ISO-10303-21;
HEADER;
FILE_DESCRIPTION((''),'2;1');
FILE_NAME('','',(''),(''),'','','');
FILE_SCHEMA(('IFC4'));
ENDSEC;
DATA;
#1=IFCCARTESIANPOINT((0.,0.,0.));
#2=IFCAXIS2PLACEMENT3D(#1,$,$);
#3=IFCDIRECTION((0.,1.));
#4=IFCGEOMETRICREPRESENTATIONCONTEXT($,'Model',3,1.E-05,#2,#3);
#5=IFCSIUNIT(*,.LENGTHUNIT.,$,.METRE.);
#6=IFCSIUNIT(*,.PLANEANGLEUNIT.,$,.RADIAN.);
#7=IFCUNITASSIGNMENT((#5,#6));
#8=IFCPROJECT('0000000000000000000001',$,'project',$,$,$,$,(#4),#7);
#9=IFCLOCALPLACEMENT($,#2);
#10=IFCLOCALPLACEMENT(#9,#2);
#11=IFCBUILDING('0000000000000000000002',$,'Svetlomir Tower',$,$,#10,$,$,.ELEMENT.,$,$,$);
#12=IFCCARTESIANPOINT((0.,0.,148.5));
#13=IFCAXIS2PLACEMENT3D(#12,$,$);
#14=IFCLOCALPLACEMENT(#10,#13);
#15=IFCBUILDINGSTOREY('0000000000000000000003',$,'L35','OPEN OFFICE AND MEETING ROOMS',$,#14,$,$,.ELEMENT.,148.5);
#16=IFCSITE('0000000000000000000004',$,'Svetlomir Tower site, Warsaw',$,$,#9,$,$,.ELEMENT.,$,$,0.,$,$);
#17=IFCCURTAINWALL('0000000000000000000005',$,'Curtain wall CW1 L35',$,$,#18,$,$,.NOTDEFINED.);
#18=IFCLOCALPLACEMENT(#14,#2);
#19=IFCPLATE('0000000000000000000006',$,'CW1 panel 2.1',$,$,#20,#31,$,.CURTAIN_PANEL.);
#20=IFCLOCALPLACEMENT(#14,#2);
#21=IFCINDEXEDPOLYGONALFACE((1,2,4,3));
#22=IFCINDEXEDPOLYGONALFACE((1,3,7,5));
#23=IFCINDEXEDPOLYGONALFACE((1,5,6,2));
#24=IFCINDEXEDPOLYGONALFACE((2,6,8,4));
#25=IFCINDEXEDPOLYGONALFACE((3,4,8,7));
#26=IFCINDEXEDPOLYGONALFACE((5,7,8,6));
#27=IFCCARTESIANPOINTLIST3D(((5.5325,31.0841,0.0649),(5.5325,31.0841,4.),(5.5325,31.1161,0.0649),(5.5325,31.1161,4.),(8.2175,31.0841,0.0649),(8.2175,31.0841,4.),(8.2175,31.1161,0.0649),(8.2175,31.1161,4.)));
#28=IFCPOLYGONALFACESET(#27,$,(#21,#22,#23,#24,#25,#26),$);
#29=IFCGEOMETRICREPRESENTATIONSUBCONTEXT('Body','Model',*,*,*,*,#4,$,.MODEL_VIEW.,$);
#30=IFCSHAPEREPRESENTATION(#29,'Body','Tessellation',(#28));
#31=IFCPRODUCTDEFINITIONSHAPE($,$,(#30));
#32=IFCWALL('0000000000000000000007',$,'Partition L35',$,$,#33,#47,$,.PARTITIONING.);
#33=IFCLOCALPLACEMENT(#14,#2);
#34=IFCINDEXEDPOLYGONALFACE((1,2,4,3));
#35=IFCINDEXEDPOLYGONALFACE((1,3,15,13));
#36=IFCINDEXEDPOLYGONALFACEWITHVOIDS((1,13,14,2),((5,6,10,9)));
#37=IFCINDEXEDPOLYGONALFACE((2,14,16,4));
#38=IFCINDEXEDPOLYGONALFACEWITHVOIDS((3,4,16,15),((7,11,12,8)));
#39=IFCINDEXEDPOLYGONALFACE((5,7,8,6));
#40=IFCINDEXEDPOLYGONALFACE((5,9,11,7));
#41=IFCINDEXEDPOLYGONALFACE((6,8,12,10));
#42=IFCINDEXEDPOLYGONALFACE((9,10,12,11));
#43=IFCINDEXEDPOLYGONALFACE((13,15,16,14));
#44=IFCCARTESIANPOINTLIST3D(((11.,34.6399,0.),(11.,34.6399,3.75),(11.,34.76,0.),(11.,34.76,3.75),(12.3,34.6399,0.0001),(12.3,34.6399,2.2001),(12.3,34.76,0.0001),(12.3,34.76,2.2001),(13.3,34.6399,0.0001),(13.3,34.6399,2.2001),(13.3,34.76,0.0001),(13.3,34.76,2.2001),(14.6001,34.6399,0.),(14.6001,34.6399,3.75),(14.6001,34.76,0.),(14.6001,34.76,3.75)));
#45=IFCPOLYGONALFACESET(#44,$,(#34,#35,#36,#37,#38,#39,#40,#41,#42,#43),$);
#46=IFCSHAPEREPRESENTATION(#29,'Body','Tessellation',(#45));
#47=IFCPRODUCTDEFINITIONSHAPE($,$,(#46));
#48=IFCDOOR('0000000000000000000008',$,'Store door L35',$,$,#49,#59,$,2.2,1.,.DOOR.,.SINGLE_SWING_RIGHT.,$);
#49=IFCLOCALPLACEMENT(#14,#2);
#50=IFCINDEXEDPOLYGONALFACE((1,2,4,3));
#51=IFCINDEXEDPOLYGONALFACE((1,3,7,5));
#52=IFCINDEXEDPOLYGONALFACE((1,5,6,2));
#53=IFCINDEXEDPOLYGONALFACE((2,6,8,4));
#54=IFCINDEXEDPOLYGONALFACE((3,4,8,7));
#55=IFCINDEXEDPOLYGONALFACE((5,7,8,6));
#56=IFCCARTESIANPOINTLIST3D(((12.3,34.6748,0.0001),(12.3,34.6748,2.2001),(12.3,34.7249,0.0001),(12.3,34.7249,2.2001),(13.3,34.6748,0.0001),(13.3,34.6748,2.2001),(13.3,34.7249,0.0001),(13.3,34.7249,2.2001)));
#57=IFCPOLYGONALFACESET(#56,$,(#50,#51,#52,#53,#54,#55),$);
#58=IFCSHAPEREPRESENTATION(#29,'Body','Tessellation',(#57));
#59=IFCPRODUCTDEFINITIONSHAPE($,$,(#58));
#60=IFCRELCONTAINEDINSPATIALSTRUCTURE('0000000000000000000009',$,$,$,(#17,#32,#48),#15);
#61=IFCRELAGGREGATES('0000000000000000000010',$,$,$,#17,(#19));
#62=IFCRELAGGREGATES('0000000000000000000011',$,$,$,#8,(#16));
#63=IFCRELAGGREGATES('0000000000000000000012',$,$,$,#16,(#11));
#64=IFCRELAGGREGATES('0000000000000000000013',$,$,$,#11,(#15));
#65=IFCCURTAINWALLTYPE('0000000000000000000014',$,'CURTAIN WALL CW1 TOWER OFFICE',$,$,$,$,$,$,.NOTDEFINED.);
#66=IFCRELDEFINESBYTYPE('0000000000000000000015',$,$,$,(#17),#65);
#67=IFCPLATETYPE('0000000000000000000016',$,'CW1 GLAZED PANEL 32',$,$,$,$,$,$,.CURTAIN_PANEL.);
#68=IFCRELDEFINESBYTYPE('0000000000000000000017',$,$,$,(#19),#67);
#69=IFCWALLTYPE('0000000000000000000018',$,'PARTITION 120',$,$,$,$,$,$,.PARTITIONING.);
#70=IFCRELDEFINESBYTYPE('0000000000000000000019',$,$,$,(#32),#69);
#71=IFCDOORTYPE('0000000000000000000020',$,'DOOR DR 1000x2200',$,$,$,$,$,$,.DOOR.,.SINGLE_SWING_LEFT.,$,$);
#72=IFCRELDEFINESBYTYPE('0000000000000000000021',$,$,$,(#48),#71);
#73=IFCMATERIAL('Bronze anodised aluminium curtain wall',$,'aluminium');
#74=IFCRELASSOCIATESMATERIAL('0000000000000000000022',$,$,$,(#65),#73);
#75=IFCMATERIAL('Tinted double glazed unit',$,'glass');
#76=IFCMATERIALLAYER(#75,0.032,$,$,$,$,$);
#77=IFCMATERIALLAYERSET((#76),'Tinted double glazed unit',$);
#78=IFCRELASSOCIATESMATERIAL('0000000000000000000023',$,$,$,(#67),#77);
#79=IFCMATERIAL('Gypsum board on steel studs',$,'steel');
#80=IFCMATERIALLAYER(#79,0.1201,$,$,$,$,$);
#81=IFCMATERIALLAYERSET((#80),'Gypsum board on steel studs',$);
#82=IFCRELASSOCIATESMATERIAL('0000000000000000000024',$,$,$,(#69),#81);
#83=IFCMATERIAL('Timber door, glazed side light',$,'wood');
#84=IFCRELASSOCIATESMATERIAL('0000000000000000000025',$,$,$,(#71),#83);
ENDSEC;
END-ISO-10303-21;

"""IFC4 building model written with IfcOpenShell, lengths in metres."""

from ifc_helpers import new_model, si_unit, direction, frame, frame_2d, origin, origin_2d, place, context, subcontext, project, spatial, rectangle, extrude, material, layer, layer_set, type_object, element, fill, aggregate, save


model = new_model("IFC4")

# Units and contexts
model_context = context("Model", 3, precision=1e-05, world=origin(), true_north=direction((0.0, 1.0)))
body_context = subcontext(model_context, "Body", "Model", "MODEL_VIEW")
ifc_project = project(units=[si_unit("LENGTHUNIT", "METRE"), si_unit("PLANEANGLEUNIT", "RADIAN")], contexts=[model_context])

# Site, building, storey
site_placement = place(None, origin())
site = spatial("IfcSite", under=ifc_project, at=site_placement, Name="Svetlomir Tower site, Warsaw", CompositionType="ELEMENT", RefElevation=0.0)
building_placement = place(site_placement, origin())
building = spatial("IfcBuilding", under=site, at=building_placement, Name="Svetlomir Tower", CompositionType="ELEMENT")
storey_placement = place(building_placement, frame((0.0, 0.0, 148.5)))
storey = spatial("IfcBuildingStorey", under=building, at=storey_placement, Name="L35", Description="OPEN OFFICE AND MEETING ROOMS", CompositionType="ELEMENT", Elevation=148.5)

# Curtain wall
ifc_material_1 = material(Name="Bronze anodised aluminium curtain wall", Category="aluminium")
curtain_wall_type = type_object("IfcCurtainWallType", Name="CURTAIN WALL CW1 TOWER OFFICE", PredefinedType="NOTDEFINED", material=ifc_material_1)
curtain_wall_1_placement = place(storey_placement, origin())
curtain_wall_1 = element("IfcCurtainWall", 1, at=curtain_wall_1_placement, inside=storey, type_object=curtain_wall_type, Name="Curtain wall CW1 L35", PredefinedType="NOTDEFINED")

# Plate
ifc_material_2 = material(Name="Tinted double glazed unit", Category="glass")
ifc_layer_1 = layer(ifc_material_2, 0.032)
ifc_layer_set_1 = layer_set([ifc_layer_1], Name="Tinted double glazed unit")
plate_type = type_object("IfcPlateType", Name="CW1 GLAZED PANEL 32", PredefinedType="CURTAIN_PANEL", material=ifc_layer_set_1)
plate_1_placement = place(storey_placement, frame((6.875, 31.1001, 0.0649), z_axis=(0.0, 0.0, 1.0), x_axis=(-1.0, 0.0, 0.0)))
plate_1 = element("IfcPlate", 2, at=plate_1_placement, type_object=plate_type, Name="CW1 panel 2.1", PredefinedType="CURTAIN_PANEL", context=body_context, shape_type="SweptSolid", body=[
    extrude(rectangle(XDim=2.6851, YDim=0.032, at=origin_2d()), origin(), (0.0, 0.0, 1.0), 3.9351),
])
aggregate(curtain_wall_1, [plate_1])

# Wall, opening, door
ifc_material_3 = material(Name="Gypsum board on steel studs", Category="steel")
ifc_layer_2 = layer(ifc_material_3, 0.1201)
ifc_layer_set_2 = layer_set([ifc_layer_2], Name="Gypsum board on steel studs")
wall_type = type_object("IfcWallType", Name="PARTITION 120", PredefinedType="PARTITIONING", material=ifc_layer_set_2)
wall_placement = place(storey_placement, frame((11.0, 34.7, 0.0), z_axis=(0.0, 0.0, 1.0), x_axis=(1.0, 0.0, 0.0)))
wall = element("IfcWall", 3, at=wall_placement, inside=storey, type_object=wall_type, Name="Partition L35", PredefinedType="PARTITIONING", context=body_context, shape_type="SweptSolid", body=[
    extrude(rectangle(XDim=3.6001, YDim=0.1201, at=frame_2d((1.8, 0.0))), origin(), (0.0, 0.0, 1.0), 3.75),
])
opening_placement = place(wall_placement, frame((1.3, 0.0, 0.0)))
opening = element("IfcOpeningElement", 4, at=opening_placement, cuts=wall, PredefinedType="OPENING", context=body_context, shape_type="SweptSolid", body=[
    extrude(rectangle(XDim=1.0, YDim=2.2, at=frame_2d((0.5, 1.1001))), frame((0.0, 0.0701, 0.0), z_axis=(0.0, -1.0, 0.0), x_axis=(1.0, 0.0, 0.0)), (0.0, 0.0, 1.0), 0.1401),
])
ifc_material_4 = material(Name="Timber door, glazed side light", Category="wood")
door_type = type_object("IfcDoorType", Name="DOOR DR 1000x2200", OperationType="SINGLE_SWING_LEFT", PredefinedType="DOOR", material=ifc_material_4)
door_placement = place(opening_placement, origin())
door = element("IfcDoor", 5, at=door_placement, inside=storey, type_object=door_type, Name="Store door L35", OperationType="SINGLE_SWING_RIGHT", OverallHeight=2.2, OverallWidth=1.0, PredefinedType="DOOR", context=body_context, shape_type="SweptSolid", body=[
    extrude(rectangle(XDim=1.0, YDim=2.2, at=frame_2d((0.5, 1.1001))), frame((0.0, 0.0249, 0.0), z_axis=(0.0, -1.0, 0.0), x_axis=(1.0, 0.0, 0.0)), (0.0, 0.0, 1.0), 0.05),
])
fill(opening, door)

save(model, "model.ifc")
